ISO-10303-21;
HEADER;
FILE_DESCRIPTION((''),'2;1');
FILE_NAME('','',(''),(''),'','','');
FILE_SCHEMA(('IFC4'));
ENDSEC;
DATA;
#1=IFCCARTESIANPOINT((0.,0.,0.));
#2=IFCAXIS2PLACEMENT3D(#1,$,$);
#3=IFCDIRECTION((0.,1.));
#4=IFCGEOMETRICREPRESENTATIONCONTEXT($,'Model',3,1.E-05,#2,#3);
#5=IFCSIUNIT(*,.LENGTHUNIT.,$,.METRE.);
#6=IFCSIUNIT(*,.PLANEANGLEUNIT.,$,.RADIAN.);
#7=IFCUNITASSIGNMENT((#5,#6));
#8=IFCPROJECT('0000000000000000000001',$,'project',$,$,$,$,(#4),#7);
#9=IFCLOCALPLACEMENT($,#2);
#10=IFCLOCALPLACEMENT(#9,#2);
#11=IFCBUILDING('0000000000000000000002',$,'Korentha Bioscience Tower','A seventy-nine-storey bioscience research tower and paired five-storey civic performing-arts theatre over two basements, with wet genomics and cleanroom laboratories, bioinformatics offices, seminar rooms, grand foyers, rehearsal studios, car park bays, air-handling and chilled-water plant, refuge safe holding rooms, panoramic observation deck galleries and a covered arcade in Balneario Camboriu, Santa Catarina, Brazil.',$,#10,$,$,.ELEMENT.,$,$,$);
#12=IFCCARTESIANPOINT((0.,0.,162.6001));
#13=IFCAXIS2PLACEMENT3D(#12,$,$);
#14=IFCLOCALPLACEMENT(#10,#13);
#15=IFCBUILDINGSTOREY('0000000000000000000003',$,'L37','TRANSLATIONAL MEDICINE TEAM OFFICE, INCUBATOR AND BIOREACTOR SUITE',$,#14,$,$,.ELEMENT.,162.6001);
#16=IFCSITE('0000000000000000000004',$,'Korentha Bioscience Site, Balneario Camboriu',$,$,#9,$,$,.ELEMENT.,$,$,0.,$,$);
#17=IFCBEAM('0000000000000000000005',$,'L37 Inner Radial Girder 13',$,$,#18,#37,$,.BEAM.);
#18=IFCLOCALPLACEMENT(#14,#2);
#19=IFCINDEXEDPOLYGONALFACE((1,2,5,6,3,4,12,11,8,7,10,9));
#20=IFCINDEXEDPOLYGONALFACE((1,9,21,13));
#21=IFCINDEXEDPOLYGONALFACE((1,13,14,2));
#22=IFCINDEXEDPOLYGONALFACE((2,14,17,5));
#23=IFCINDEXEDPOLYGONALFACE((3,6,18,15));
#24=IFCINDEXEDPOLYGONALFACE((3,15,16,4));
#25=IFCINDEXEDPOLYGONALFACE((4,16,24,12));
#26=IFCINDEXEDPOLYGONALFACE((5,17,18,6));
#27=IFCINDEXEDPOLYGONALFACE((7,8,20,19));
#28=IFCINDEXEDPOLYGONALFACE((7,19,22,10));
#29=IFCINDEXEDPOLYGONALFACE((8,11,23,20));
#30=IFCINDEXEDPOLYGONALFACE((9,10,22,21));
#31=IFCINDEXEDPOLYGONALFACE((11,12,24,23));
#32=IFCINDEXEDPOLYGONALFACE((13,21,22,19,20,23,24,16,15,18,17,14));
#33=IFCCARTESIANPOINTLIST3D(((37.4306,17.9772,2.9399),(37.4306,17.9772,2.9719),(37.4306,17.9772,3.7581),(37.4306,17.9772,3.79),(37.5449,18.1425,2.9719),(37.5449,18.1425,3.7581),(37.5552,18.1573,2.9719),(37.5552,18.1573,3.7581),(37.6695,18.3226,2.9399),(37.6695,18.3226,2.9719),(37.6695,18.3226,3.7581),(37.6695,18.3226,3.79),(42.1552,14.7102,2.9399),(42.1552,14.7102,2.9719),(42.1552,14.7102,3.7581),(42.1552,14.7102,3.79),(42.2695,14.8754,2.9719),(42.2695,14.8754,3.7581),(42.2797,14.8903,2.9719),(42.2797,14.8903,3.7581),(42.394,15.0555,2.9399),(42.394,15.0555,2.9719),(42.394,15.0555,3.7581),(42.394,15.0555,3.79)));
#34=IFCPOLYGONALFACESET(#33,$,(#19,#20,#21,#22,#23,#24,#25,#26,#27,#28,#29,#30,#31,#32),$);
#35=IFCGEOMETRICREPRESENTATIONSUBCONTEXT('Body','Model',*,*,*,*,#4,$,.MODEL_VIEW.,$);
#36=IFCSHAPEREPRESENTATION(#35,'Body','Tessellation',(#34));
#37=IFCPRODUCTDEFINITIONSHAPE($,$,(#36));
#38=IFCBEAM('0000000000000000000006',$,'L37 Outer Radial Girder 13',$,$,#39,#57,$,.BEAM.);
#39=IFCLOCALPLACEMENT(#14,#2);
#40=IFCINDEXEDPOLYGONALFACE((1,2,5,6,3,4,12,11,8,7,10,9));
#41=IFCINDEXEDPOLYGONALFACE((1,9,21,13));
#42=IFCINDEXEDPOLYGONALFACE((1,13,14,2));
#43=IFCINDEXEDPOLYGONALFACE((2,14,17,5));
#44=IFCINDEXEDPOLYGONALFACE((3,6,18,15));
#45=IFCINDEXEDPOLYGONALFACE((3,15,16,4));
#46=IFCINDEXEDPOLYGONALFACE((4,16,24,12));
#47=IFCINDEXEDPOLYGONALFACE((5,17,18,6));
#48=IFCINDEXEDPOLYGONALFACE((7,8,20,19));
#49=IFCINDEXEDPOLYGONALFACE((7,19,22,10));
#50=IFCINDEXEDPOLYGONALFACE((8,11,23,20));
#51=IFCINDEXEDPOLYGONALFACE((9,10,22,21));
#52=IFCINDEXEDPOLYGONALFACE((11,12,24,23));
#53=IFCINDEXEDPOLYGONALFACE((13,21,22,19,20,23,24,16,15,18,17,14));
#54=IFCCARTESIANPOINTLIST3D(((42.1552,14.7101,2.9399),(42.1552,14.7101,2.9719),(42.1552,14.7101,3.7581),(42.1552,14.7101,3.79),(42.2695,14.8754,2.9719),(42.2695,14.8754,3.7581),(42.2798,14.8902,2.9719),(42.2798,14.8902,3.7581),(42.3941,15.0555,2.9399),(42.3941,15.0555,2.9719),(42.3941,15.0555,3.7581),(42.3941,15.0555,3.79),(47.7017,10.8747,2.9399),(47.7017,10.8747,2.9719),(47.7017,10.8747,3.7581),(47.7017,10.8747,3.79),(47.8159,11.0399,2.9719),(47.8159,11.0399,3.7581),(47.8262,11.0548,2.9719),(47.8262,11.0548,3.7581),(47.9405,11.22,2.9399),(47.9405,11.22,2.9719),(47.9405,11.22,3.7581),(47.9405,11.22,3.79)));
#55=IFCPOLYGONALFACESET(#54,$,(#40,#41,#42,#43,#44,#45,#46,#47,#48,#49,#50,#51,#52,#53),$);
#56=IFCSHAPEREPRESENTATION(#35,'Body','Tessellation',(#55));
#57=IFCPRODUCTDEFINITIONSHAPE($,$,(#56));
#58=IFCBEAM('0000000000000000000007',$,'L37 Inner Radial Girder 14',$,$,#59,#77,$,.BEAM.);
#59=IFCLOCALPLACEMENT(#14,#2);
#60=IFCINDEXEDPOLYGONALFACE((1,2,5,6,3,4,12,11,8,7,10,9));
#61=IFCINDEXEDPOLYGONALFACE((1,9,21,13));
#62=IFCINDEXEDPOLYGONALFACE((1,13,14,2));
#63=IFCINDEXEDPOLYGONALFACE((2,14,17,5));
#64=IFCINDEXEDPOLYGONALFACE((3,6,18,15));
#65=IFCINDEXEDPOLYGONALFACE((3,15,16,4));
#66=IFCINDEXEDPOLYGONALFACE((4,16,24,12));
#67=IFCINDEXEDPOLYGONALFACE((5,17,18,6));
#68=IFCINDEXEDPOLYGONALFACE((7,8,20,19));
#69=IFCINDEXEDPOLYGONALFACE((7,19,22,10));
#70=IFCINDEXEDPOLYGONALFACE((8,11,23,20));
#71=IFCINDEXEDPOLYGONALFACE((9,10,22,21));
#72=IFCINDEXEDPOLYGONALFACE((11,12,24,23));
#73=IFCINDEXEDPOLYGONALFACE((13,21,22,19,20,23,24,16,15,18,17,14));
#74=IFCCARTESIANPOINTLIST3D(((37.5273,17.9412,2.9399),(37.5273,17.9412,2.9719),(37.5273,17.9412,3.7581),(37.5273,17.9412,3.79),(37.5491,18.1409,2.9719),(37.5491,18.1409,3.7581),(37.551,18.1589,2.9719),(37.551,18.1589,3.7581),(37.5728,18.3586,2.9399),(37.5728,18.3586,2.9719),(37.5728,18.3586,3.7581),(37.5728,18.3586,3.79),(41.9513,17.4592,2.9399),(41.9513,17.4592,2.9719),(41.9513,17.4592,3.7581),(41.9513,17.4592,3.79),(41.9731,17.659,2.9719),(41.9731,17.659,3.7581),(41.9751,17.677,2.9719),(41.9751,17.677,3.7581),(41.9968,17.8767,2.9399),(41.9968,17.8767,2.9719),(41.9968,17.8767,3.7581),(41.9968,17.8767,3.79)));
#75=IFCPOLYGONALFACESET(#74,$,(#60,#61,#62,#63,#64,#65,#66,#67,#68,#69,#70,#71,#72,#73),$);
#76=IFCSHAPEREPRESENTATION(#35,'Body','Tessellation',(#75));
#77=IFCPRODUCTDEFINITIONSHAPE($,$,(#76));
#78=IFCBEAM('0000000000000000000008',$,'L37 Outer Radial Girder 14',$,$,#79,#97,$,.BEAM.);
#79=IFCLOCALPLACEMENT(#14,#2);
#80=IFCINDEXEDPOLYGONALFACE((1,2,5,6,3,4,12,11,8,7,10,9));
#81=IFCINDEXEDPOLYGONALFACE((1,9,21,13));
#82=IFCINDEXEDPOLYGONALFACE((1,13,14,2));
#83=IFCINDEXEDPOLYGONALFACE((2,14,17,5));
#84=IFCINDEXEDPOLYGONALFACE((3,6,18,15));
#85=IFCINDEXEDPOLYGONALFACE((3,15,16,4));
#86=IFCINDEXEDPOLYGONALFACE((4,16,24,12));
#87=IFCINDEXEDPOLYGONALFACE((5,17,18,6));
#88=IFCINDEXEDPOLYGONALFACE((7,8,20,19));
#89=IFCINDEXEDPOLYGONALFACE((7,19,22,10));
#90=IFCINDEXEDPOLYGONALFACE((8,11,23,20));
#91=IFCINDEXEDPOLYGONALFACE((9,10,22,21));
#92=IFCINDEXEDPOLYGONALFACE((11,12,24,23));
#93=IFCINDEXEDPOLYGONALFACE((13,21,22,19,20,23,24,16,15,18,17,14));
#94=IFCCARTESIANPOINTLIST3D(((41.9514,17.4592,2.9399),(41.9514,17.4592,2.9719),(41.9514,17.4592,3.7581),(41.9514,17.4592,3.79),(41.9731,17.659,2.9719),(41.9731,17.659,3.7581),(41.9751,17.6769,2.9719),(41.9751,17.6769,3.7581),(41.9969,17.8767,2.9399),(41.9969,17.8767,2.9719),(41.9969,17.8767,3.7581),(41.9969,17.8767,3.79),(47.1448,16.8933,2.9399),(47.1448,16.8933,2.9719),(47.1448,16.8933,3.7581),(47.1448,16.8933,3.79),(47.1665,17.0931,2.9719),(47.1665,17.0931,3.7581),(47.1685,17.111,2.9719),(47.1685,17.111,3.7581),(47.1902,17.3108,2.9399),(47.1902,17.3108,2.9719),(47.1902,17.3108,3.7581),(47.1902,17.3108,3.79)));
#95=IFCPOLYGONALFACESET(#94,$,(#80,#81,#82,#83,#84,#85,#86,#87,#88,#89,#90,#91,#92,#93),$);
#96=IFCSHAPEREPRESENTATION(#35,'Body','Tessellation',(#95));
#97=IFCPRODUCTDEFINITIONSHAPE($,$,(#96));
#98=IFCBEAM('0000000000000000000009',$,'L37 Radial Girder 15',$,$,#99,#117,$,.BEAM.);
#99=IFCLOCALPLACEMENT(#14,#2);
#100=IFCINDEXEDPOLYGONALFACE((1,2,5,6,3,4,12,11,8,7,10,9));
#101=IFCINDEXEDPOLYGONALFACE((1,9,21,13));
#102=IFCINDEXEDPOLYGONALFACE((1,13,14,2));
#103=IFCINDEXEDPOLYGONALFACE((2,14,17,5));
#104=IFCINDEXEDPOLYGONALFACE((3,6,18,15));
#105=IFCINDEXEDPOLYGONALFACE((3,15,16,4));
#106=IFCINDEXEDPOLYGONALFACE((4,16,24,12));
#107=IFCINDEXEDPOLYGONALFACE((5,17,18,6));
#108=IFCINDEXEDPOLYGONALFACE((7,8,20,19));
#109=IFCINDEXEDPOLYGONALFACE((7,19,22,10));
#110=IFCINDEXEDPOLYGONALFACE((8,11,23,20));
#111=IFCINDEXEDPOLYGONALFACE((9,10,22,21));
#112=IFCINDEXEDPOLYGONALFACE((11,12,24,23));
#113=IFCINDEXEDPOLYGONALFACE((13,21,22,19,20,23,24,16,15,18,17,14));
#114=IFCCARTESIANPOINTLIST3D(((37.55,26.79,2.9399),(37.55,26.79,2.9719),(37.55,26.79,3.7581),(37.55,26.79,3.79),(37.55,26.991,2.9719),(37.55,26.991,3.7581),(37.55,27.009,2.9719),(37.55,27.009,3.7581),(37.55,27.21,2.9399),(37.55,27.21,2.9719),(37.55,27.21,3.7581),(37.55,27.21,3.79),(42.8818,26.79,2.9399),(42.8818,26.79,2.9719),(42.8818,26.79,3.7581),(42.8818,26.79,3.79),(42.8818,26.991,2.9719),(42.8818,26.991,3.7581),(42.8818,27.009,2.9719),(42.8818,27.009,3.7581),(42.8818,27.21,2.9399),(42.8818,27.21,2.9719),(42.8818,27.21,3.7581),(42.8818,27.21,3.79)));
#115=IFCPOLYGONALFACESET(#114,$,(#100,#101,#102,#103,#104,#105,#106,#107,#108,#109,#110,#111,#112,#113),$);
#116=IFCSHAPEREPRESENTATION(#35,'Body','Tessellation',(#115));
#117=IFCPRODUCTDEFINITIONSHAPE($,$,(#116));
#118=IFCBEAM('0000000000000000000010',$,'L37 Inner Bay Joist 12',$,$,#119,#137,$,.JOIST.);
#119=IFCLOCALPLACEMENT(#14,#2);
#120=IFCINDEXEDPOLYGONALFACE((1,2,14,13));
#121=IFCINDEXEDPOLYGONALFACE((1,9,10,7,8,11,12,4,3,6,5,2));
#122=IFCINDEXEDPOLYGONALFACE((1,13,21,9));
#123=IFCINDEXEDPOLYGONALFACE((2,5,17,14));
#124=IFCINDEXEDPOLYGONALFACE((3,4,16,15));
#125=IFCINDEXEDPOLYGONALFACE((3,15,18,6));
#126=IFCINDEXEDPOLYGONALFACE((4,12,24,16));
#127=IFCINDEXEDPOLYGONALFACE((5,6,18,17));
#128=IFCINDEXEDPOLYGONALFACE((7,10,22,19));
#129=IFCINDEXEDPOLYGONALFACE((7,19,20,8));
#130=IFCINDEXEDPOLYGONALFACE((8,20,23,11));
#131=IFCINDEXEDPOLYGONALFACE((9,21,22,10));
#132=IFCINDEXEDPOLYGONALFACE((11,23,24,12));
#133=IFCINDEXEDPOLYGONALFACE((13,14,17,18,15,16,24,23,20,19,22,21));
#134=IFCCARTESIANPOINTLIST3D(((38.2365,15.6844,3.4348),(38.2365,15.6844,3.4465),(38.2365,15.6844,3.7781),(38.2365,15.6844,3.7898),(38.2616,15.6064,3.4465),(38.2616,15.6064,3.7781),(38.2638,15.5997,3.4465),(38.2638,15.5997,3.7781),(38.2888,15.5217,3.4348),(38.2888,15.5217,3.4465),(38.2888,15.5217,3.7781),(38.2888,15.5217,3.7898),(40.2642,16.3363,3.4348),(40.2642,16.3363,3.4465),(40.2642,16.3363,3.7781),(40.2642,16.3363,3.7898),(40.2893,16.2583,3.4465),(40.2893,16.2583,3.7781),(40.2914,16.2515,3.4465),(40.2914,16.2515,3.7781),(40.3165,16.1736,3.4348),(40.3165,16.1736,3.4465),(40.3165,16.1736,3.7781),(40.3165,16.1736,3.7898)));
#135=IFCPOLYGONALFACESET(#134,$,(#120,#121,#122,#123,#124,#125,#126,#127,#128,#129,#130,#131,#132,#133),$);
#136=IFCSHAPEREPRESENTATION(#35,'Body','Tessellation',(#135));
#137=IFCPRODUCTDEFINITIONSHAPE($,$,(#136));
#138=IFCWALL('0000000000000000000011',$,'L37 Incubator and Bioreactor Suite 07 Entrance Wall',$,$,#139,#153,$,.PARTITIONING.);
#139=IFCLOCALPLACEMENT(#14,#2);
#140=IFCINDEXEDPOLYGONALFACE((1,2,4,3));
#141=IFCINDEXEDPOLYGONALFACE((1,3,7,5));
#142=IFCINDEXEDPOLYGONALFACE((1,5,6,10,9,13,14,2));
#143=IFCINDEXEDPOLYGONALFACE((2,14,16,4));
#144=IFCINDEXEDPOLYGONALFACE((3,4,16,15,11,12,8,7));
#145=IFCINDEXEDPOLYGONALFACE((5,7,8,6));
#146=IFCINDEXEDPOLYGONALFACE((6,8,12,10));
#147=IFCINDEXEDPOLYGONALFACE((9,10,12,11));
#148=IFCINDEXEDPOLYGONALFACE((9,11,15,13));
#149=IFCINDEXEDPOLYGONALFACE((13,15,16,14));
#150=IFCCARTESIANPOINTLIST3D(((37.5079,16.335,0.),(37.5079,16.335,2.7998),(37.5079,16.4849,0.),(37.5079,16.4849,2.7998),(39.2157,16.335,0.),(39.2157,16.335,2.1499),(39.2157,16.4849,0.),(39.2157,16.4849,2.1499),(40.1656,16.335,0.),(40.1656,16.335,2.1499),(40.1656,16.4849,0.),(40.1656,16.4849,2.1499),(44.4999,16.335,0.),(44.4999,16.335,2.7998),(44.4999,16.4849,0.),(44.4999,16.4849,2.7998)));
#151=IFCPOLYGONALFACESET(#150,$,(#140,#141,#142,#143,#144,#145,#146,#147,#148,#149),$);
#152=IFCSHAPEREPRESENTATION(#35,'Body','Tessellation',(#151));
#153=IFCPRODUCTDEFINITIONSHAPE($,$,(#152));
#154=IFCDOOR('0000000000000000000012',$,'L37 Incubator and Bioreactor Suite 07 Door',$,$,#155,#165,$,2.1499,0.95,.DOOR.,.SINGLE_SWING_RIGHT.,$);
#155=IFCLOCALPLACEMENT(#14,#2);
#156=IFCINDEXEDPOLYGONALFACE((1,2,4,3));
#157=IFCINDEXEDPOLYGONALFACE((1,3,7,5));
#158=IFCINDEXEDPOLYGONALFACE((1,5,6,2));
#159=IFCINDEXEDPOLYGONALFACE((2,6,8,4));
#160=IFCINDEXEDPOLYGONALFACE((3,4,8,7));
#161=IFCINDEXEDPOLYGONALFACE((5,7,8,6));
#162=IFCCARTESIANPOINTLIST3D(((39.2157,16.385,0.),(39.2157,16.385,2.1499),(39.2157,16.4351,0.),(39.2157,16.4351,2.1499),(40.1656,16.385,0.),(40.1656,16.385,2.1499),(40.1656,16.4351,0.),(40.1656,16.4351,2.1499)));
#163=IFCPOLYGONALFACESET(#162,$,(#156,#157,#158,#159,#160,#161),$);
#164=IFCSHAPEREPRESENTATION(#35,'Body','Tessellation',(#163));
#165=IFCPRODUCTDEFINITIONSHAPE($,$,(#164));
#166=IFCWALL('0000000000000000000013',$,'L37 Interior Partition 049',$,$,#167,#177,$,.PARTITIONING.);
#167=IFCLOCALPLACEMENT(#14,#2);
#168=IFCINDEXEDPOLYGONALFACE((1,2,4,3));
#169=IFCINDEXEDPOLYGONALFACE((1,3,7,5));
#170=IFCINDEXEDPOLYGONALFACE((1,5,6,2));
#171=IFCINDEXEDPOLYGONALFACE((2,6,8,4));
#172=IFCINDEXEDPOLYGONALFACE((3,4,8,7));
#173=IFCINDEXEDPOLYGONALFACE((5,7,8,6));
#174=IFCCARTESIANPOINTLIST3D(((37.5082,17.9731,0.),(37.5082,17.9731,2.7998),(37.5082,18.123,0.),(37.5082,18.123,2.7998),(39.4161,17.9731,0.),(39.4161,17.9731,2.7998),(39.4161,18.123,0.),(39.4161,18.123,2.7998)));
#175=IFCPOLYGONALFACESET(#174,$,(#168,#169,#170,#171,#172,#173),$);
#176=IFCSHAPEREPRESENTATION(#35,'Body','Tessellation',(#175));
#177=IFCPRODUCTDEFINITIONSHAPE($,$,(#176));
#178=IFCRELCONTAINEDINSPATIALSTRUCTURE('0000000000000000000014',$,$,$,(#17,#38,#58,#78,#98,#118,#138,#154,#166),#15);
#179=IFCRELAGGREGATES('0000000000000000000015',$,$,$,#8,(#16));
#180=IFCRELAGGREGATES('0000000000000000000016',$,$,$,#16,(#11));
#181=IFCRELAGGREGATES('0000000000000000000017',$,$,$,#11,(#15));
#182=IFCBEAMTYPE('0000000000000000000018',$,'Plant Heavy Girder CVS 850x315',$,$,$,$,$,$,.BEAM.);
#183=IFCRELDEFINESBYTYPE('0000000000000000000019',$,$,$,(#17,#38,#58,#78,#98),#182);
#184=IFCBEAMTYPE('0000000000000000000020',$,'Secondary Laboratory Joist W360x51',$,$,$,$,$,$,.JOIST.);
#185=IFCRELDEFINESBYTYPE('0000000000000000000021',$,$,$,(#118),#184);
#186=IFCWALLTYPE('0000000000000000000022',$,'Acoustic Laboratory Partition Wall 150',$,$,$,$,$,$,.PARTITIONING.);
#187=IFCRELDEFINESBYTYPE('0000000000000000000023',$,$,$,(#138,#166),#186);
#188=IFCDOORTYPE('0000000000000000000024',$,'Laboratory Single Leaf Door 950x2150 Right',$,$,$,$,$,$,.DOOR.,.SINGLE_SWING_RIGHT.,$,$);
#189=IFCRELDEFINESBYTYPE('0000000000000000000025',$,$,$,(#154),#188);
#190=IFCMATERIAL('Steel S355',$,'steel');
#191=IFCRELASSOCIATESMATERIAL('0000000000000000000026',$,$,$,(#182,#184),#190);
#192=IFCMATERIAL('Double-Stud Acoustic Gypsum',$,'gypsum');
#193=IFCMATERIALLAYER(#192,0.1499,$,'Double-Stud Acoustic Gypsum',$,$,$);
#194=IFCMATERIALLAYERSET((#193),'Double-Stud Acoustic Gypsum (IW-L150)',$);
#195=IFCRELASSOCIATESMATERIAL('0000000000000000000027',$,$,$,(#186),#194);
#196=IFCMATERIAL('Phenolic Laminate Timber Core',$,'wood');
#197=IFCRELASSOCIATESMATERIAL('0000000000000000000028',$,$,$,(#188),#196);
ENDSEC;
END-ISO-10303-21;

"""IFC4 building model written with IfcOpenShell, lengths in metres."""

from ifc_helpers import new_model, si_unit, direction, frame, frame_2d, origin, origin_2d, place, context, subcontext, project, spatial, rectangle, i_section, extrude, material, layer, layer_set, material_profile, profile_set, type_object, element, fill, save


model = new_model("IFC4")

# Units and contexts
model_context = context("Model", 3, precision=1e-05, world=origin(), true_north=direction((0.0, 1.0)))
body_context = subcontext(model_context, "Body", "Model", "MODEL_VIEW")
ifc_project = project(units=[si_unit("LENGTHUNIT", "METRE"), si_unit("PLANEANGLEUNIT", "RADIAN")], contexts=[model_context])

# Site, building, storey
site_placement = place(None, origin())
site = spatial("IfcSite", under=ifc_project, at=site_placement, Name="Korentha Bioscience Site, Balneario Camboriu", CompositionType="ELEMENT", RefElevation=0.0)
building_placement = place(site_placement, origin())
building = spatial("IfcBuilding", under=site, at=building_placement, Name="Korentha Bioscience Tower", Description="A seventy-nine-storey bioscience research tower and paired five-storey civic performing-arts theatre over two basements, with wet genomics and cleanroom laboratories, bioinformatics offices, seminar rooms, grand foyers, rehearsal studios, car park bays, air-handling and chilled-water plant, refuge safe holding rooms, panoramic observation deck galleries and a covered arcade in Balneario Camboriu, Santa Catarina, Brazil.", CompositionType="ELEMENT")
storey_placement = place(building_placement, frame((0.0, 0.0, 162.6001)))
storey = spatial("IfcBuildingStorey", under=building, at=storey_placement, Name="L37", Description="TRANSLATIONAL MEDICINE TEAM OFFICE, INCUBATOR AND BIOREACTOR SUITE", CompositionType="ELEMENT", Elevation=162.6001)

# Beams
ifc_material_1 = material(Name="Steel S355", Category="steel")
ifc_material_profile_1 = material_profile(ifc_material_1, i_section(OverallWidth=0.4199, OverallDepth=0.8501, WebThickness=0.0181, FlangeThickness=0.032, at=origin_2d()), Name="Steel S355")
ifc_profile_set_1 = profile_set([ifc_material_profile_1], Name="Steel S355 (MB-850)")
beam_type_1 = type_object("IfcBeamType", Name="Plant Heavy Girder CVS 850x315", PredefinedType="BEAM", material=ifc_profile_set_1)
beam_1_placement = place(storey_placement, frame((37.55, 18.1499, 3.365), z_axis=(0.822501, -0.568763, 0.0), x_axis=(0.568763, 0.822501, 0.0)))
element("IfcBeam", 1, at=beam_1_placement, inside=storey, type_object=beam_type_1, Name="L37 Inner Radial Girder 13", PredefinedType="BEAM", context=body_context, shape_type="SweptSolid", body=[
    extrude(i_section(OverallWidth=0.4199, OverallDepth=0.8501, WebThickness=0.0181, FlangeThickness=0.032, at=origin_2d()), origin(), (0.0, 0.0, 1.0), 5.7441),
])
beam_2_placement = place(storey_placement, frame((42.2747, 14.8828, 3.365), z_axis=(0.822494, -0.568773, 0.0), x_axis=(0.568773, 0.822494, 0.0)))
element("IfcBeam", 2, at=beam_2_placement, inside=storey, type_object=beam_type_1, Name="L37 Outer Radial Girder 13", PredefinedType="BEAM", context=body_context, shape_type="SweptSolid", body=[
    extrude(i_section(OverallWidth=0.4199, OverallDepth=0.8501, WebThickness=0.0181, FlangeThickness=0.032, at=origin_2d()), origin(), (0.0, 0.0, 1.0), 6.7434),
])
beam_3_placement = place(storey_placement, frame((37.55, 18.1499, 3.365), z_axis=(0.994119, -0.108294, 0.0), x_axis=(0.108294, 0.994119, 0.0)))
element("IfcBeam", 3, at=beam_3_placement, inside=storey, type_object=beam_type_1, Name="L37 Inner Radial Girder 14", PredefinedType="BEAM", context=body_context, shape_type="SweptSolid", body=[
    extrude(i_section(OverallWidth=0.4199, OverallDepth=0.8501, WebThickness=0.0181, FlangeThickness=0.032, at=origin_2d()), origin(), (0.0, 0.0, 1.0), 4.4502),
])
beam_4_placement = place(storey_placement, frame((41.9741, 17.668, 3.365), z_axis=(0.994115, -0.108328, 0.0), x_axis=(0.108328, 0.994115, 0.0)))
element("IfcBeam", 4, at=beam_4_placement, inside=storey, type_object=beam_type_1, Name="L37 Outer Radial Girder 14", PredefinedType="BEAM", context=body_context, shape_type="SweptSolid", body=[
    extrude(i_section(OverallWidth=0.4199, OverallDepth=0.8501, WebThickness=0.0181, FlangeThickness=0.032, at=origin_2d()), origin(), (0.0, 0.0, 1.0), 5.2241),
])
beam_5_placement = place(storey_placement, frame((37.55, 27.0, 3.365), z_axis=(1.0, 0.0, 0.0), x_axis=(0.0, 1.0, 0.0)))
element("IfcBeam", 5, at=beam_5_placement, inside=storey, type_object=beam_type_1, Name="L37 Radial Girder 15", PredefinedType="BEAM", context=body_context, shape_type="SweptSolid", body=[
    extrude(i_section(OverallWidth=0.4199, OverallDepth=0.8501, WebThickness=0.0181, FlangeThickness=0.032, at=origin_2d()), origin(), (0.0, 0.0, 1.0), 5.3318),
])
ifc_material_profile_2 = material_profile(ifc_material_1, i_section(OverallWidth=0.1709, OverallDepth=0.355, WebThickness=0.0071, FlangeThickness=0.0117, at=origin_2d()), Name="Steel S355")
ifc_profile_set_2 = profile_set([ifc_material_profile_2], Name="Steel S355 (JB-360)")
beam_type_2 = type_object("IfcBeamType", Name="Secondary Laboratory Joist W360x51", PredefinedType="JOIST", material=ifc_profile_set_2)
beam_6_placement = place(storey_placement, frame((38.2627, 15.603, 3.6123), z_axis=(0.952011, 0.306065, 0.0), x_axis=(-0.306065, 0.952011, 0.0)))
element("IfcBeam", 6, at=beam_6_placement, inside=storey, type_object=beam_type_2, Name="L37 Inner Bay Joist 12", PredefinedType="JOIST", context=body_context, shape_type="SweptSolid", body=[
    extrude(i_section(OverallWidth=0.1709, OverallDepth=0.355, WebThickness=0.0071, FlangeThickness=0.0117, at=origin_2d()), origin(), (0.0, 0.0, 1.0), 2.1299),
])

# Wall, opening, door
ifc_material_2 = material(Name="Double-Stud Acoustic Gypsum", Category="gypsum")
ifc_layer_1 = layer(ifc_material_2, 0.1499, Name="Double-Stud Acoustic Gypsum")
ifc_layer_set_1 = layer_set([ifc_layer_1], Name="Double-Stud Acoustic Gypsum (IW-L150)")
wall_type_1 = type_object("IfcWallType", Name="Acoustic Laboratory Partition Wall 150", PredefinedType="PARTITIONING", material=ifc_layer_set_1)
wall_1_placement = place(storey_placement, frame((44.5, 16.4099, 0.0), z_axis=(0.0, 0.0, 1.0), x_axis=(-1.0, 0.0, 0.0)))
wall_1 = element("IfcWall", 7, at=wall_1_placement, inside=storey, type_object=wall_type_1, Name="L37 Incubator and Bioreactor Suite 07 Entrance Wall", PredefinedType="PARTITIONING", context=body_context, shape_type="SweptSolid", body=[
    extrude(rectangle(XDim=6.9919, YDim=0.1499, at=frame_2d((3.4961, 0.0))), origin(), (0.0, 0.0, 1.0), 2.7998),
])
opening_placement = place(wall_1_placement, frame((4.3342, 0.0, 0.0)))
opening = element("IfcOpeningElement", 8, at=opening_placement, cuts=wall_1, PredefinedType="OPENING", context=body_context, shape_type="SweptSolid", body=[
    extrude(rectangle(XDim=0.95, YDim=2.1499, at=frame_2d((0.4751, 1.075))), frame((0.0, 0.0898, 0.0), z_axis=(0.0, -1.0, 0.0), x_axis=(1.0, 0.0, 0.0)), (0.0, 0.0, 1.0), 0.1797),
])
ifc_material_3 = material(Name="Phenolic Laminate Timber Core", Category="wood")
door_type = type_object("IfcDoorType", Name="Laboratory Single Leaf Door 950x2150 Right", OperationType="SINGLE_SWING_RIGHT", PredefinedType="DOOR", material=ifc_material_3)
door_placement = place(opening_placement, origin())
door = element("IfcDoor", 9, at=door_placement, inside=storey, type_object=door_type, Name="L37 Incubator and Bioreactor Suite 07 Door", OperationType="SINGLE_SWING_RIGHT", OverallHeight=2.1499, OverallWidth=0.95, PredefinedType="DOOR", context=body_context, shape_type="SweptSolid", body=[
    extrude(rectangle(XDim=0.95, YDim=2.1499, at=frame_2d((0.4751, 1.075))), frame((0.0, 0.0249, 0.0), z_axis=(0.0, -1.0, 0.0), x_axis=(1.0, 0.0, 0.0)), (0.0, 0.0, 1.0), 0.05),
])
fill(opening, door)

# Wall
wall_2_placement = place(storey_placement, frame((37.5081, 18.0481, 0.0), z_axis=(0.0, 0.0, 1.0), x_axis=(1.0, 0.0, 0.0)))
element("IfcWall", 10, at=wall_2_placement, inside=storey, type_object=wall_type_1, Name="L37 Interior Partition 049", PredefinedType="PARTITIONING", context=body_context, shape_type="SweptSolid", body=[
    extrude(rectangle(XDim=1.908, YDim=0.1499, at=frame_2d((0.9541, 0.0))), origin(), (0.0, 0.0, 1.0), 2.7998),
])

save(model, "model.ifc")
